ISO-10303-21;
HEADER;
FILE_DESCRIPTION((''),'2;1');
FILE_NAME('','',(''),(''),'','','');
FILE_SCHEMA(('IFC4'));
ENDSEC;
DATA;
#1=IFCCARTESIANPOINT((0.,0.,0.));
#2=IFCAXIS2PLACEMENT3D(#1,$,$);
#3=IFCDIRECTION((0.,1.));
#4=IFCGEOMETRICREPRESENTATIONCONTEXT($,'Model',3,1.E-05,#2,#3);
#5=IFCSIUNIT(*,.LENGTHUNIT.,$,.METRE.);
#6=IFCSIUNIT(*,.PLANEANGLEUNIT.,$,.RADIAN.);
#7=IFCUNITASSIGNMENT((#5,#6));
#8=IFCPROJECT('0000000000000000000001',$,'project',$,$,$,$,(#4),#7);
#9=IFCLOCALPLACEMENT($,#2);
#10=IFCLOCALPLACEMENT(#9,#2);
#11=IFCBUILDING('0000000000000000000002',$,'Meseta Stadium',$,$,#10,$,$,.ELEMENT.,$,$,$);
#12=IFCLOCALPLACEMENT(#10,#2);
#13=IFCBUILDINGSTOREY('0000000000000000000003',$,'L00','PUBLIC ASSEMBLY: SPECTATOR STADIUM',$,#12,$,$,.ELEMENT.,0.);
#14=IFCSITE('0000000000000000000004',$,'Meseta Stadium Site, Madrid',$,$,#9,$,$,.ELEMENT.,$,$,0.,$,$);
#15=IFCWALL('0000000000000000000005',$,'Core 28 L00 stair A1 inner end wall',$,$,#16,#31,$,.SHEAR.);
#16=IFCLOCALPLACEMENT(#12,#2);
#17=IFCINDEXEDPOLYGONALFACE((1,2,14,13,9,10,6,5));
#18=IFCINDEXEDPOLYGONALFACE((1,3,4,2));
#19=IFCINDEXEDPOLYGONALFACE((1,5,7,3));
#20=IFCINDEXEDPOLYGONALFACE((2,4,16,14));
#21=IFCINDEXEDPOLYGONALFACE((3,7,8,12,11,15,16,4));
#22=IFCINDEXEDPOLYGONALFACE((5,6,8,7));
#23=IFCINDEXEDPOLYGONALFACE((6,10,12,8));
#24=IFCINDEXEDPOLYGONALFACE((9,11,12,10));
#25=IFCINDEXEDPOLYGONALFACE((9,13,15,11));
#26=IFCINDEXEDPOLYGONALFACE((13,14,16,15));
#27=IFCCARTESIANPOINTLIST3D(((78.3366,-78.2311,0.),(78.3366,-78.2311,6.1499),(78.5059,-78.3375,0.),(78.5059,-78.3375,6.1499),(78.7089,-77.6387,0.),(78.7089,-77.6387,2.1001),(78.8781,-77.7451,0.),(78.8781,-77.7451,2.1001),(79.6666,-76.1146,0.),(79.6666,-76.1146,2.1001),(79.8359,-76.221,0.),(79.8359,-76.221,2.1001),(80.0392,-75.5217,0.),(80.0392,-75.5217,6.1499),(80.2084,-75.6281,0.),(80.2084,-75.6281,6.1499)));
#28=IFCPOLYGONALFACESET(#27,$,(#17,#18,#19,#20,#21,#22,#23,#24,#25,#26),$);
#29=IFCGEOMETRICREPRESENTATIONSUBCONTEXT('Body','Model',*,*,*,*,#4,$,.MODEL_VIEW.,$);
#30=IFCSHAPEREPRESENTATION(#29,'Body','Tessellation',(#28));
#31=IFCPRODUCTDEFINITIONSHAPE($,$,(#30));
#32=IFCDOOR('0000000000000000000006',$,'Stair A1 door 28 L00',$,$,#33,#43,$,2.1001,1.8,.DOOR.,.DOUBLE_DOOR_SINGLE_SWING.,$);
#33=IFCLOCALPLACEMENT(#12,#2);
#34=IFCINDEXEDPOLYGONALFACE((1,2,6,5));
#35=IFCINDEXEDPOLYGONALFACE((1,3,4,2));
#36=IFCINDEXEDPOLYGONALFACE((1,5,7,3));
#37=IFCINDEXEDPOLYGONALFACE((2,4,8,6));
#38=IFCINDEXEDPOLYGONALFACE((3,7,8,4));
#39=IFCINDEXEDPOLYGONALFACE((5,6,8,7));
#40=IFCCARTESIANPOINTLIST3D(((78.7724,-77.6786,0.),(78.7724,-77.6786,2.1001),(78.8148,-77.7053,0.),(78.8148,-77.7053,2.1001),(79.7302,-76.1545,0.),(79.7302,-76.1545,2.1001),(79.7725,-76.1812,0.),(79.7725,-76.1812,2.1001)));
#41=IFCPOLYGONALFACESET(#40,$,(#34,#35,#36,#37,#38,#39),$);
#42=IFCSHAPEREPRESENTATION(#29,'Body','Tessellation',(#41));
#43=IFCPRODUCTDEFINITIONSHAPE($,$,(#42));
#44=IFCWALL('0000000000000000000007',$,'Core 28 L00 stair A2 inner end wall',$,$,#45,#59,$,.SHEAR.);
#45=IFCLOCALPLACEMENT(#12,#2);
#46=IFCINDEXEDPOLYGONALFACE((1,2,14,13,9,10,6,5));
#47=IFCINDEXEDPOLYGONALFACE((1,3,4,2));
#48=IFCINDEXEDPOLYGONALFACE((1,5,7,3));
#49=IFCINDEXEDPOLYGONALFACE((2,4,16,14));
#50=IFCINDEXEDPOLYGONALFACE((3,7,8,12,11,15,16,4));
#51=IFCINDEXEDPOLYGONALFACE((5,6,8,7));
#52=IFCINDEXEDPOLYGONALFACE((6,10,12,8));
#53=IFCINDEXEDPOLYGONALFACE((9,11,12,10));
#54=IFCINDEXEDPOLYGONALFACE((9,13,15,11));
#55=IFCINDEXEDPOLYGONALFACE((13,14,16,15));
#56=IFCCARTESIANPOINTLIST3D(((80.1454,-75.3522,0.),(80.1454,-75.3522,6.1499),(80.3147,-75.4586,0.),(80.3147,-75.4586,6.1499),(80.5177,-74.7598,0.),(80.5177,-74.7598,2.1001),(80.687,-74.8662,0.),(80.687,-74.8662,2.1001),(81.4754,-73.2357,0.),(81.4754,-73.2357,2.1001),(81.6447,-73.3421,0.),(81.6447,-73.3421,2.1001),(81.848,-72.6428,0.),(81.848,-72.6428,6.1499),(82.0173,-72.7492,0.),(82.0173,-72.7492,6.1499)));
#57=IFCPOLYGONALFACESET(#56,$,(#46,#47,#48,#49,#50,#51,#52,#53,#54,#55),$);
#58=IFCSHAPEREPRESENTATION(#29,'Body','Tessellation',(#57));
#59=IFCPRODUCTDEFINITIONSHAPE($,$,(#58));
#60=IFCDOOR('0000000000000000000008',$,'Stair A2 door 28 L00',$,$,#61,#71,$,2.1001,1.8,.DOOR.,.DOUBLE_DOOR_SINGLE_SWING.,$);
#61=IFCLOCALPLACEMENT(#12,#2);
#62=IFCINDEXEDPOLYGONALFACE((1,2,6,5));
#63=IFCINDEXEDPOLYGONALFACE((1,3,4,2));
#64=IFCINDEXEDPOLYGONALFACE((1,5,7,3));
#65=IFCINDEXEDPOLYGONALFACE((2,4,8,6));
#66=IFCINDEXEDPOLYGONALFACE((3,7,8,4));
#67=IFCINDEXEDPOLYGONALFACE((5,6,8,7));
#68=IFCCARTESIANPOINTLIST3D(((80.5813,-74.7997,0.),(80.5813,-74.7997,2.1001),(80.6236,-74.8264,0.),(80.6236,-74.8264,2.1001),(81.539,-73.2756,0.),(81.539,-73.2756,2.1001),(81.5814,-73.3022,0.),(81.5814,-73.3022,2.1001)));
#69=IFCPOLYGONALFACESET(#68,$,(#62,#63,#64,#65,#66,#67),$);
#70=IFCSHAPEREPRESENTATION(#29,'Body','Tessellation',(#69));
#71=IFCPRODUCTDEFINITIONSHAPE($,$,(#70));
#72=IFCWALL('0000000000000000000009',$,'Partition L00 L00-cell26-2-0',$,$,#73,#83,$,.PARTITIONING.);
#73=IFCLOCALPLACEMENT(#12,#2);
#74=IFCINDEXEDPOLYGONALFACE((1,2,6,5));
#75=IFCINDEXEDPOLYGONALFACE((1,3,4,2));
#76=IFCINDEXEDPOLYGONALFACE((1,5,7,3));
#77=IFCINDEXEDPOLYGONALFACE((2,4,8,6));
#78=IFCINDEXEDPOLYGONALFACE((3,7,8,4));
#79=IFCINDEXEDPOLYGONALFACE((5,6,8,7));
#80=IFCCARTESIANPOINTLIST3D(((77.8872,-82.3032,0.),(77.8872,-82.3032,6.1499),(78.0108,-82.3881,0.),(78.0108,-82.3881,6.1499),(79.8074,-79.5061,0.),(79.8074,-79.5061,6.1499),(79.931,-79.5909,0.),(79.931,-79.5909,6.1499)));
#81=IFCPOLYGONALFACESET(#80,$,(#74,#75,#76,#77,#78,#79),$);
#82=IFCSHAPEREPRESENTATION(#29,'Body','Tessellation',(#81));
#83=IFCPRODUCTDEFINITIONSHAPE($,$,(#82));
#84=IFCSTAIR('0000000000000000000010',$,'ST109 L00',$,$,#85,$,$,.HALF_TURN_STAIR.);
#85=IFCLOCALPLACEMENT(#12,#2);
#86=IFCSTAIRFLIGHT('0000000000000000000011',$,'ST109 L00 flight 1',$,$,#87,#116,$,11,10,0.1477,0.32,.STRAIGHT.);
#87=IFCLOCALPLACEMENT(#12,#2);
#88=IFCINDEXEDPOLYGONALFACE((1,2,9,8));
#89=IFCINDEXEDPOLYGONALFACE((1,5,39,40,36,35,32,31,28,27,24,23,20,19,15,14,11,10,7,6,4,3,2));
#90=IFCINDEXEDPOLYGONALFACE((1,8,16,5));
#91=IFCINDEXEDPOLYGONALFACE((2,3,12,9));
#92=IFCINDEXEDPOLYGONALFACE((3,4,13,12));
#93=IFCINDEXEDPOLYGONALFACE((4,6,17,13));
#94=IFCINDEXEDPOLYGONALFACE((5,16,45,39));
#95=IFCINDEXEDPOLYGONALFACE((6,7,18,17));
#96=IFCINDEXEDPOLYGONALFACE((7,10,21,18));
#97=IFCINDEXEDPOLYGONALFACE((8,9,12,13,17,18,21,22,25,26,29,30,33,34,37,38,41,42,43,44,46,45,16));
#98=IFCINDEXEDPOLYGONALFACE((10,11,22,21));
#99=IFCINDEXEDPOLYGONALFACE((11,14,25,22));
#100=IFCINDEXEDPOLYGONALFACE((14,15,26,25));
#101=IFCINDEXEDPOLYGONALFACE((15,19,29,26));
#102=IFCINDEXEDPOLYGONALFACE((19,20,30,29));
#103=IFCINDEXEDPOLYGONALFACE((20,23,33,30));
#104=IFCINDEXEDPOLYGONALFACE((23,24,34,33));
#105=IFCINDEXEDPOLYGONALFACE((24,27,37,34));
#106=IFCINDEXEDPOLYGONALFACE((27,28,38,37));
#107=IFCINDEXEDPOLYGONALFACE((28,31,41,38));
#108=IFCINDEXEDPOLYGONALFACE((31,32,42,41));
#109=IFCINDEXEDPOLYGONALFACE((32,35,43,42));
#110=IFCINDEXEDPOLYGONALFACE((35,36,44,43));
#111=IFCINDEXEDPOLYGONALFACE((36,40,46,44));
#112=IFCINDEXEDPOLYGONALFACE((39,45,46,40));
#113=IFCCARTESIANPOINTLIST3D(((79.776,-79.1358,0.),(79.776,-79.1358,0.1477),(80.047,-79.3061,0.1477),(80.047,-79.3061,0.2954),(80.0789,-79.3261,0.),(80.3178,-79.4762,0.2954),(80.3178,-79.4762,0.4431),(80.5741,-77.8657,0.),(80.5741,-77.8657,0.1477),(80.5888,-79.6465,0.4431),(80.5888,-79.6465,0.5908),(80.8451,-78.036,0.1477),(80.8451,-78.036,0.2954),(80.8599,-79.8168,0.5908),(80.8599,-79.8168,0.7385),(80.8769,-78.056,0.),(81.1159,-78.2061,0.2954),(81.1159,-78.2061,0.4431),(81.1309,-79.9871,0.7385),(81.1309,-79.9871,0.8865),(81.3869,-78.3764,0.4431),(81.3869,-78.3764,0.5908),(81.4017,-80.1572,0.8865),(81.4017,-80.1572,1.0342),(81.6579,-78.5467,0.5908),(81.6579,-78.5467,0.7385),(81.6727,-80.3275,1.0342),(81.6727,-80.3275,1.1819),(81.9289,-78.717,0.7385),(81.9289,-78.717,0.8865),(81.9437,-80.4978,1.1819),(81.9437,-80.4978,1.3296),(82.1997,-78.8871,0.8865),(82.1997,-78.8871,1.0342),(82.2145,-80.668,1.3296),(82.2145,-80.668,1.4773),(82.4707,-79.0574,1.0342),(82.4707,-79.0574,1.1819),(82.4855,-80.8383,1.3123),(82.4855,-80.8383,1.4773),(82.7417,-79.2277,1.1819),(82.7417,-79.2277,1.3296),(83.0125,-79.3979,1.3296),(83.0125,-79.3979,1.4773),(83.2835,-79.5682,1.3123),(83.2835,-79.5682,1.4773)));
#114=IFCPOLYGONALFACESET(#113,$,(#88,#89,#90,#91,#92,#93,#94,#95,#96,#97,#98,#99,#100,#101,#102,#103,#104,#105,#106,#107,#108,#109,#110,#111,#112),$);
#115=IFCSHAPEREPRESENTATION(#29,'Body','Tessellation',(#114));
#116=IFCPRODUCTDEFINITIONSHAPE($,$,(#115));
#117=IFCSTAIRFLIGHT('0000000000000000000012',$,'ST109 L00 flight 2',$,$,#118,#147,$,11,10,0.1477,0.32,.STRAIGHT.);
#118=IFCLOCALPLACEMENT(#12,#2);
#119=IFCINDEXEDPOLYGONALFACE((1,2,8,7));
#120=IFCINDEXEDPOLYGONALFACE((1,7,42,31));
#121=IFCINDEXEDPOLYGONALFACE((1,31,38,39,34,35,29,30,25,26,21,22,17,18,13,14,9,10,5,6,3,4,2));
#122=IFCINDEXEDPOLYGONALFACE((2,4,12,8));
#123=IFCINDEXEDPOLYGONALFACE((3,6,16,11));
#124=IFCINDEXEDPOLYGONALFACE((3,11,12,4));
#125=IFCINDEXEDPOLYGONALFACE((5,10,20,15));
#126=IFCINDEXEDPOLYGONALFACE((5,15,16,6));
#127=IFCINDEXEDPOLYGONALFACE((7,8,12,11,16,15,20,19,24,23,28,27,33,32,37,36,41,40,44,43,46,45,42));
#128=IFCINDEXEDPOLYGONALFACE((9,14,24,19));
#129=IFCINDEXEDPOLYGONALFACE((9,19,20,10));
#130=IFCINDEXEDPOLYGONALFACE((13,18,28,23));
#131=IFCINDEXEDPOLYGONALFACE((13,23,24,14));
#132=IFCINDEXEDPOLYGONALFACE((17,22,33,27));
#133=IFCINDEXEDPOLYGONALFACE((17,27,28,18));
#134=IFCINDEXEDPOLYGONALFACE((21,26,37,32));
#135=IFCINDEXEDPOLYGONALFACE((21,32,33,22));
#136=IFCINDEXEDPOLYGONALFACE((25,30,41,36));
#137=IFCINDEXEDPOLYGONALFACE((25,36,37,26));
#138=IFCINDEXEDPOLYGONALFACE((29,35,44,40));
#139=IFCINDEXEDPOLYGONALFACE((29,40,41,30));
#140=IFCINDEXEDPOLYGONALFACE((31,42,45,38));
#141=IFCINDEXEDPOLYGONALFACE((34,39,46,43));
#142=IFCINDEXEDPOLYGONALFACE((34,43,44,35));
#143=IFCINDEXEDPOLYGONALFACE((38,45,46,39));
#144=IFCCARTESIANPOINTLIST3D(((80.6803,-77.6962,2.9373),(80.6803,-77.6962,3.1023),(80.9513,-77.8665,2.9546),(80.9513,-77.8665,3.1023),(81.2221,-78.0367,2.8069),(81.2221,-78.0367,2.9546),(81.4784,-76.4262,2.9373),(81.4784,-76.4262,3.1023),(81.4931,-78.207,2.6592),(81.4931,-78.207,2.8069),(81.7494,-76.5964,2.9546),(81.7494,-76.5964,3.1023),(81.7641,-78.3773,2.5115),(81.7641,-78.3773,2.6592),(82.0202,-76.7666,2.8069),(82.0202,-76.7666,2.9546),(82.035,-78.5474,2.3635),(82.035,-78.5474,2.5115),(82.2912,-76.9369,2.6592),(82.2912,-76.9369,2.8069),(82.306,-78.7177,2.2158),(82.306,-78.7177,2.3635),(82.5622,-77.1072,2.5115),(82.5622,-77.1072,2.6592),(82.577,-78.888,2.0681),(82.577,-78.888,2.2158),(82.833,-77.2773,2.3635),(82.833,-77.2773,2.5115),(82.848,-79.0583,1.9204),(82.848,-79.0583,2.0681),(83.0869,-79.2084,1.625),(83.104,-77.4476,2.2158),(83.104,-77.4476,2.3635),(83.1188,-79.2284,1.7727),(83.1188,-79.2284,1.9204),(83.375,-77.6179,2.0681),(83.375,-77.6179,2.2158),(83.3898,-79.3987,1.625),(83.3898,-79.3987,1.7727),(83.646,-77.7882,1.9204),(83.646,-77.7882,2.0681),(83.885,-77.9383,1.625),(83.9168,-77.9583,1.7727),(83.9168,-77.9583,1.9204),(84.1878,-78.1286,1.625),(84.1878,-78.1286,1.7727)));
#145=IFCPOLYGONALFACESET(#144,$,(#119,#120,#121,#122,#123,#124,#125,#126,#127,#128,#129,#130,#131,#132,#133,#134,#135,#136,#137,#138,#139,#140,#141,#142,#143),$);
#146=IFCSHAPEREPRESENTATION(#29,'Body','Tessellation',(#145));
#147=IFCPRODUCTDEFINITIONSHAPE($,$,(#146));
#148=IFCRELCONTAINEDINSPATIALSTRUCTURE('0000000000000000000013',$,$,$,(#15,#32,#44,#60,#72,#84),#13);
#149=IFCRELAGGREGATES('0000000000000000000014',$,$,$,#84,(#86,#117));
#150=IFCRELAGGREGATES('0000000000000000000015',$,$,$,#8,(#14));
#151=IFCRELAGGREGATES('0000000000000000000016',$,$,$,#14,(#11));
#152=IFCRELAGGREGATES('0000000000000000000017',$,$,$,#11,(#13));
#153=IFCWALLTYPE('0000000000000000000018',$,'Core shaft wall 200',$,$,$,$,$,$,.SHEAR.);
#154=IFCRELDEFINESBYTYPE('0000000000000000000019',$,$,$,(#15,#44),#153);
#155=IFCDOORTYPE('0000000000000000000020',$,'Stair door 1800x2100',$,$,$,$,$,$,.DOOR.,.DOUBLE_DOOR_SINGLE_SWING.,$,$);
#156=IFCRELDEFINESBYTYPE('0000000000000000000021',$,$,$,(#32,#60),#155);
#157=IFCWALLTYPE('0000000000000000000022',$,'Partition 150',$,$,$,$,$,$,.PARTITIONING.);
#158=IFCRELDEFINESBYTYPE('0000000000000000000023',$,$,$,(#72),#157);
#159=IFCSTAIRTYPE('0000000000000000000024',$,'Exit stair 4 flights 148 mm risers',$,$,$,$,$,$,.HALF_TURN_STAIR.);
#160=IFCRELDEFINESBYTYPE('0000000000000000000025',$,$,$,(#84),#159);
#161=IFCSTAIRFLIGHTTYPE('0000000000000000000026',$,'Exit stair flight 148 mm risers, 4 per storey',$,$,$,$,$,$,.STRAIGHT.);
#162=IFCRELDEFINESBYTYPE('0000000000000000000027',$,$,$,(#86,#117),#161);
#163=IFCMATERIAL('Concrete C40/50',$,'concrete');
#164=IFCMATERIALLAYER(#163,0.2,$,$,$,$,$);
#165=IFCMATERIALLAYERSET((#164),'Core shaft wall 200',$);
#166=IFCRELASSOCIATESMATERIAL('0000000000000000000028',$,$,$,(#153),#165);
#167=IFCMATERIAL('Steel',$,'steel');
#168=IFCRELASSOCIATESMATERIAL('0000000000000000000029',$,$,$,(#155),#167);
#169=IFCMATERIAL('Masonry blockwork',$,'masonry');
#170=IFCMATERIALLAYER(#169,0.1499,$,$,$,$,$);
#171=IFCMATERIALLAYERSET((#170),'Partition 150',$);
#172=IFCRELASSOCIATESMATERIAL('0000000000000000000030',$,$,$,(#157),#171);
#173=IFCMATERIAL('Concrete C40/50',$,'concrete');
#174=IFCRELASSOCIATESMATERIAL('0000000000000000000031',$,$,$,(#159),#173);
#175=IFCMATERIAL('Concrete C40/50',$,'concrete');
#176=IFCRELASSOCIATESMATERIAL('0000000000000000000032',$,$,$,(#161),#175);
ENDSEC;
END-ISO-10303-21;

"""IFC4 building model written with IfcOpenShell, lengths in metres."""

from ifc_helpers import new_model, si_unit, direction, frame, frame_2d, origin, place, context, subcontext, project, spatial, polyline, rectangle, outline, extrude, material, layer, layer_set, type_object, element, fill, aggregate, save


model = new_model("IFC4")

# Units and contexts
model_context = context("Model", 3, precision=1e-05, world=origin(), true_north=direction((0.0, 1.0)))
body_context = subcontext(model_context, "Body", "Model", "MODEL_VIEW")
ifc_project = project(units=[si_unit("LENGTHUNIT", "METRE"), si_unit("PLANEANGLEUNIT", "RADIAN")], contexts=[model_context])

# Site, building, storey
site_placement = place(None, origin())
site = spatial("IfcSite", under=ifc_project, at=site_placement, Name="Meseta Stadium Site, Madrid", CompositionType="ELEMENT", RefElevation=0.0)
building_placement = place(site_placement, origin())
building = spatial("IfcBuilding", under=site, at=building_placement, Name="Meseta Stadium", CompositionType="ELEMENT")
storey_placement = place(building_placement, origin())
storey = spatial("IfcBuildingStorey", under=building, at=storey_placement, Name="L00", Description="PUBLIC ASSEMBLY: SPECTATOR STADIUM", CompositionType="ELEMENT", Elevation=0.0)

# Walls, openings, doors
ifc_material_1 = material(Name="Concrete C40/50", Category="concrete")
ifc_layer_1 = layer(ifc_material_1, 0.2)
ifc_layer_set_1 = layer_set([ifc_layer_1], Name="Core shaft wall 200")
wall_type_1 = type_object("IfcWallType", Name="Core shaft wall 200", PredefinedType="SHEAR", material=ifc_layer_set_1)
wall_1_placement = place(storey_placement, frame((78.4211, -78.2844, 0.0), z_axis=(0.0, 0.0, 1.0), x_axis=(0.532068, 0.846701, 0.0)))
wall_1 = element("IfcWall", 1, at=wall_1_placement, inside=storey, type_object=wall_type_1, Name="Core 28 L00 stair A1 inner end wall", PredefinedType="SHEAR", context=body_context, shape_type="SweptSolid", body=[
    extrude(rectangle(XDim=3.2, YDim=0.2, at=frame_2d((1.6001, 0.0))), origin(), (0.0, 0.0, 1.0), 6.1499),
])
opening_1_placement = place(wall_1_placement, frame((0.7, 0.0, 0.0)))
opening_1 = element("IfcOpeningElement", 2, at=opening_1_placement, cuts=wall_1, PredefinedType="OPENING", context=body_context, shape_type="SweptSolid", body=[
    extrude(rectangle(XDim=1.8, YDim=2.1001, at=frame_2d((0.8999, 1.05))), frame((0.0, 0.1099, 0.0), z_axis=(0.0, -1.0, 0.0), x_axis=(1.0, 0.0, 0.0)), (0.0, 0.0, 1.0), 0.22),
])
ifc_material_2 = material(Name="Steel", Category="steel")
door_type = type_object("IfcDoorType", Name="Stair door 1800x2100", OperationType="DOUBLE_DOOR_SINGLE_SWING", PredefinedType="DOOR", material=ifc_material_2)
door_1_placement = place(opening_1_placement, origin())
door_1 = element("IfcDoor", 3, at=door_1_placement, inside=storey, type_object=door_type, Name="Stair A1 door 28 L00", OperationType="DOUBLE_DOOR_SINGLE_SWING", OverallHeight=2.1001, OverallWidth=1.8, PredefinedType="DOOR", context=body_context, shape_type="SweptSolid", body=[
    extrude(rectangle(XDim=1.8, YDim=2.1001, at=frame_2d((0.8999, 1.05))), frame((0.0, 0.0249, 0.0), z_axis=(0.0, -1.0, 0.0), x_axis=(1.0, 0.0, 0.0)), (0.0, 0.0, 1.0), 0.05),
])
fill(opening_1, door_1)
wall_2_placement = place(storey_placement, frame((80.23, -75.4055, 0.0), z_axis=(0.0, 0.0, 1.0), x_axis=(0.532068, 0.846701, 0.0)))
wall_2 = element("IfcWall", 4, at=wall_2_placement, inside=storey, type_object=wall_type_1, Name="Core 28 L00 stair A2 inner end wall", PredefinedType="SHEAR", context=body_context, shape_type="SweptSolid", body=[
    extrude(rectangle(XDim=3.2, YDim=0.2, at=frame_2d((1.6001, 0.0))), origin(), (0.0, 0.0, 1.0), 6.1499),
])
opening_2_placement = place(wall_2_placement, frame((0.7, 0.0, 0.0)))
opening_2 = element("IfcOpeningElement", 5, at=opening_2_placement, cuts=wall_2, PredefinedType="OPENING", context=body_context, shape_type="SweptSolid", body=[
    extrude(rectangle(XDim=1.8, YDim=2.1001, at=frame_2d((0.8999, 1.05))), frame((0.0, 0.1099, 0.0), z_axis=(0.0, -1.0, 0.0), x_axis=(1.0, 0.0, 0.0)), (0.0, 0.0, 1.0), 0.22),
])
door_2_placement = place(opening_2_placement, origin())
door_2 = element("IfcDoor", 6, at=door_2_placement, inside=storey, type_object=door_type, Name="Stair A2 door 28 L00", OperationType="DOUBLE_DOOR_SINGLE_SWING", OverallHeight=2.1001, OverallWidth=1.8, PredefinedType="DOOR", context=body_context, shape_type="SweptSolid", body=[
    extrude(rectangle(XDim=1.8, YDim=2.1001, at=frame_2d((0.8999, 1.05))), frame((0.0, 0.0249, 0.0), z_axis=(0.0, -1.0, 0.0), x_axis=(1.0, 0.0, 0.0)), (0.0, 0.0, 1.0), 0.05),
])
fill(opening_2, door_2)

# Wall
ifc_material_3 = material(Name="Masonry blockwork", Category="masonry")
ifc_layer_2 = layer(ifc_material_3, 0.1499)
ifc_layer_set_2 = layer_set([ifc_layer_2], Name="Partition 150")
wall_type_2 = type_object("IfcWallType", Name="Partition 150", PredefinedType="PARTITIONING", material=ifc_layer_set_2)
wall_3_placement = place(storey_placement, frame((79.8691, -79.5486, 0.0), z_axis=(0.0, 0.0, 1.0), x_axis=(-0.565958, -0.824434, 0.0)))
element("IfcWall", 7, at=wall_3_placement, inside=storey, type_object=wall_type_2, Name="Partition L00 L00-cell26-2-0", PredefinedType="PARTITIONING", context=body_context, shape_type="SweptSolid", body=[
    extrude(rectangle(XDim=3.3928, YDim=0.1499, at=frame_2d((1.6963, 0.0))), origin(), (0.0, 0.0, 1.0), 6.1499),
])

# Stair, stair flights
ifc_material_4 = material(Name="Concrete C40/50", Category="concrete")
stair_type = type_object("IfcStairType", Name="Exit stair 4 flights 148 mm risers", PredefinedType="HALF_TURN_STAIR", material=ifc_material_4)
stair_1_placement = place(storey_placement, origin())
stair_1 = element("IfcStair", 8, at=stair_1_placement, inside=storey, type_object=stair_type, Name="ST109 L00", PredefinedType="HALF_TURN_STAIR")
ifc_material_5 = material(Name="Concrete C40/50", Category="concrete")
stair_flight_type = type_object("IfcStairFlightType", Name="Exit stair flight 148 mm risers, 4 per storey", PredefinedType="STRAIGHT", material=ifc_material_5)
stair_flight_1_placement = place(storey_placement, frame((80.175, -78.5007, 0.0), z_axis=(0.0, 0.0, 1.0), x_axis=(0.846724, -0.532032, 0.0)))
stair_flight_1 = element("IfcStairFlight", 9, at=stair_flight_1_placement, type_object=stair_flight_type, Name="ST109 L00 flight 1", NumberOfRisers=11, NumberOfTreads=10, PredefinedType="STRAIGHT", RiserHeight=0.1477, TreadLength=0.32, context=body_context, shape_type="SweptSolid", body=[
    extrude(outline(polyline([(0.0, 0.0), (0.0, 0.1477), (0.3201, 0.1477), (0.3201, 0.2954), (0.6399, 0.2954), (0.6399, 0.4431), (0.96, 0.4431), (0.96, 0.5908), (1.28, 0.5908), (1.28, 0.7385), (1.6001, 0.7385), (1.6001, 0.8865), (1.9199, 0.8865), (1.9199, 1.0342), (2.24, 1.0342), (2.24, 1.1819), (2.5601, 1.1819), (2.5601, 1.3296), (2.8799, 1.3296), (2.8799, 1.4773), (3.2, 1.4773), (3.2, 1.3123), (0.3577, 0.0), (0.0, 0.0)])), frame((0.0, 0.75, 0.0), z_axis=(0.0, -1.0, 0.0), x_axis=(1.0, 0.0, 0.0)), (0.0, 0.0, 1.0), 1.5),
])
stair_flight_2_placement = place(storey_placement, frame((83.7888, -78.7637, 1.625), z_axis=(0.0, 0.0, 1.0), x_axis=(-0.846724, 0.532032, 0.0)))
stair_flight_2 = element("IfcStairFlight", 10, at=stair_flight_2_placement, type_object=stair_flight_type, Name="ST109 L00 flight 2", NumberOfRisers=11, NumberOfTreads=10, PredefinedType="STRAIGHT", RiserHeight=0.1477, TreadLength=0.32, context=body_context, shape_type="SweptSolid", body=[
    extrude(outline(polyline([(0.0, 0.0), (0.0, 0.1477), (0.3201, 0.1477), (0.3201, 0.2954), (0.6399, 0.2954), (0.6399, 0.4431), (0.96, 0.4431), (0.96, 0.5908), (1.28, 0.5908), (1.28, 0.7385), (1.6001, 0.7385), (1.6001, 0.8865), (1.9199, 0.8865), (1.9199, 1.0342), (2.24, 1.0342), (2.24, 1.1819), (2.5601, 1.1819), (2.5601, 1.3296), (2.8799, 1.3296), (2.8799, 1.4773), (3.2, 1.4773), (3.2, 1.3123), (0.3577, 0.0), (0.0, 0.0)])), frame((0.0, 0.75, 0.0), z_axis=(0.0, -1.0, 0.0), x_axis=(1.0, 0.0, 0.0)), (0.0, 0.0, 1.0), 1.5),
])
aggregate(stair_1, [stair_flight_1, stair_flight_2])

save(model, "model.ifc")
